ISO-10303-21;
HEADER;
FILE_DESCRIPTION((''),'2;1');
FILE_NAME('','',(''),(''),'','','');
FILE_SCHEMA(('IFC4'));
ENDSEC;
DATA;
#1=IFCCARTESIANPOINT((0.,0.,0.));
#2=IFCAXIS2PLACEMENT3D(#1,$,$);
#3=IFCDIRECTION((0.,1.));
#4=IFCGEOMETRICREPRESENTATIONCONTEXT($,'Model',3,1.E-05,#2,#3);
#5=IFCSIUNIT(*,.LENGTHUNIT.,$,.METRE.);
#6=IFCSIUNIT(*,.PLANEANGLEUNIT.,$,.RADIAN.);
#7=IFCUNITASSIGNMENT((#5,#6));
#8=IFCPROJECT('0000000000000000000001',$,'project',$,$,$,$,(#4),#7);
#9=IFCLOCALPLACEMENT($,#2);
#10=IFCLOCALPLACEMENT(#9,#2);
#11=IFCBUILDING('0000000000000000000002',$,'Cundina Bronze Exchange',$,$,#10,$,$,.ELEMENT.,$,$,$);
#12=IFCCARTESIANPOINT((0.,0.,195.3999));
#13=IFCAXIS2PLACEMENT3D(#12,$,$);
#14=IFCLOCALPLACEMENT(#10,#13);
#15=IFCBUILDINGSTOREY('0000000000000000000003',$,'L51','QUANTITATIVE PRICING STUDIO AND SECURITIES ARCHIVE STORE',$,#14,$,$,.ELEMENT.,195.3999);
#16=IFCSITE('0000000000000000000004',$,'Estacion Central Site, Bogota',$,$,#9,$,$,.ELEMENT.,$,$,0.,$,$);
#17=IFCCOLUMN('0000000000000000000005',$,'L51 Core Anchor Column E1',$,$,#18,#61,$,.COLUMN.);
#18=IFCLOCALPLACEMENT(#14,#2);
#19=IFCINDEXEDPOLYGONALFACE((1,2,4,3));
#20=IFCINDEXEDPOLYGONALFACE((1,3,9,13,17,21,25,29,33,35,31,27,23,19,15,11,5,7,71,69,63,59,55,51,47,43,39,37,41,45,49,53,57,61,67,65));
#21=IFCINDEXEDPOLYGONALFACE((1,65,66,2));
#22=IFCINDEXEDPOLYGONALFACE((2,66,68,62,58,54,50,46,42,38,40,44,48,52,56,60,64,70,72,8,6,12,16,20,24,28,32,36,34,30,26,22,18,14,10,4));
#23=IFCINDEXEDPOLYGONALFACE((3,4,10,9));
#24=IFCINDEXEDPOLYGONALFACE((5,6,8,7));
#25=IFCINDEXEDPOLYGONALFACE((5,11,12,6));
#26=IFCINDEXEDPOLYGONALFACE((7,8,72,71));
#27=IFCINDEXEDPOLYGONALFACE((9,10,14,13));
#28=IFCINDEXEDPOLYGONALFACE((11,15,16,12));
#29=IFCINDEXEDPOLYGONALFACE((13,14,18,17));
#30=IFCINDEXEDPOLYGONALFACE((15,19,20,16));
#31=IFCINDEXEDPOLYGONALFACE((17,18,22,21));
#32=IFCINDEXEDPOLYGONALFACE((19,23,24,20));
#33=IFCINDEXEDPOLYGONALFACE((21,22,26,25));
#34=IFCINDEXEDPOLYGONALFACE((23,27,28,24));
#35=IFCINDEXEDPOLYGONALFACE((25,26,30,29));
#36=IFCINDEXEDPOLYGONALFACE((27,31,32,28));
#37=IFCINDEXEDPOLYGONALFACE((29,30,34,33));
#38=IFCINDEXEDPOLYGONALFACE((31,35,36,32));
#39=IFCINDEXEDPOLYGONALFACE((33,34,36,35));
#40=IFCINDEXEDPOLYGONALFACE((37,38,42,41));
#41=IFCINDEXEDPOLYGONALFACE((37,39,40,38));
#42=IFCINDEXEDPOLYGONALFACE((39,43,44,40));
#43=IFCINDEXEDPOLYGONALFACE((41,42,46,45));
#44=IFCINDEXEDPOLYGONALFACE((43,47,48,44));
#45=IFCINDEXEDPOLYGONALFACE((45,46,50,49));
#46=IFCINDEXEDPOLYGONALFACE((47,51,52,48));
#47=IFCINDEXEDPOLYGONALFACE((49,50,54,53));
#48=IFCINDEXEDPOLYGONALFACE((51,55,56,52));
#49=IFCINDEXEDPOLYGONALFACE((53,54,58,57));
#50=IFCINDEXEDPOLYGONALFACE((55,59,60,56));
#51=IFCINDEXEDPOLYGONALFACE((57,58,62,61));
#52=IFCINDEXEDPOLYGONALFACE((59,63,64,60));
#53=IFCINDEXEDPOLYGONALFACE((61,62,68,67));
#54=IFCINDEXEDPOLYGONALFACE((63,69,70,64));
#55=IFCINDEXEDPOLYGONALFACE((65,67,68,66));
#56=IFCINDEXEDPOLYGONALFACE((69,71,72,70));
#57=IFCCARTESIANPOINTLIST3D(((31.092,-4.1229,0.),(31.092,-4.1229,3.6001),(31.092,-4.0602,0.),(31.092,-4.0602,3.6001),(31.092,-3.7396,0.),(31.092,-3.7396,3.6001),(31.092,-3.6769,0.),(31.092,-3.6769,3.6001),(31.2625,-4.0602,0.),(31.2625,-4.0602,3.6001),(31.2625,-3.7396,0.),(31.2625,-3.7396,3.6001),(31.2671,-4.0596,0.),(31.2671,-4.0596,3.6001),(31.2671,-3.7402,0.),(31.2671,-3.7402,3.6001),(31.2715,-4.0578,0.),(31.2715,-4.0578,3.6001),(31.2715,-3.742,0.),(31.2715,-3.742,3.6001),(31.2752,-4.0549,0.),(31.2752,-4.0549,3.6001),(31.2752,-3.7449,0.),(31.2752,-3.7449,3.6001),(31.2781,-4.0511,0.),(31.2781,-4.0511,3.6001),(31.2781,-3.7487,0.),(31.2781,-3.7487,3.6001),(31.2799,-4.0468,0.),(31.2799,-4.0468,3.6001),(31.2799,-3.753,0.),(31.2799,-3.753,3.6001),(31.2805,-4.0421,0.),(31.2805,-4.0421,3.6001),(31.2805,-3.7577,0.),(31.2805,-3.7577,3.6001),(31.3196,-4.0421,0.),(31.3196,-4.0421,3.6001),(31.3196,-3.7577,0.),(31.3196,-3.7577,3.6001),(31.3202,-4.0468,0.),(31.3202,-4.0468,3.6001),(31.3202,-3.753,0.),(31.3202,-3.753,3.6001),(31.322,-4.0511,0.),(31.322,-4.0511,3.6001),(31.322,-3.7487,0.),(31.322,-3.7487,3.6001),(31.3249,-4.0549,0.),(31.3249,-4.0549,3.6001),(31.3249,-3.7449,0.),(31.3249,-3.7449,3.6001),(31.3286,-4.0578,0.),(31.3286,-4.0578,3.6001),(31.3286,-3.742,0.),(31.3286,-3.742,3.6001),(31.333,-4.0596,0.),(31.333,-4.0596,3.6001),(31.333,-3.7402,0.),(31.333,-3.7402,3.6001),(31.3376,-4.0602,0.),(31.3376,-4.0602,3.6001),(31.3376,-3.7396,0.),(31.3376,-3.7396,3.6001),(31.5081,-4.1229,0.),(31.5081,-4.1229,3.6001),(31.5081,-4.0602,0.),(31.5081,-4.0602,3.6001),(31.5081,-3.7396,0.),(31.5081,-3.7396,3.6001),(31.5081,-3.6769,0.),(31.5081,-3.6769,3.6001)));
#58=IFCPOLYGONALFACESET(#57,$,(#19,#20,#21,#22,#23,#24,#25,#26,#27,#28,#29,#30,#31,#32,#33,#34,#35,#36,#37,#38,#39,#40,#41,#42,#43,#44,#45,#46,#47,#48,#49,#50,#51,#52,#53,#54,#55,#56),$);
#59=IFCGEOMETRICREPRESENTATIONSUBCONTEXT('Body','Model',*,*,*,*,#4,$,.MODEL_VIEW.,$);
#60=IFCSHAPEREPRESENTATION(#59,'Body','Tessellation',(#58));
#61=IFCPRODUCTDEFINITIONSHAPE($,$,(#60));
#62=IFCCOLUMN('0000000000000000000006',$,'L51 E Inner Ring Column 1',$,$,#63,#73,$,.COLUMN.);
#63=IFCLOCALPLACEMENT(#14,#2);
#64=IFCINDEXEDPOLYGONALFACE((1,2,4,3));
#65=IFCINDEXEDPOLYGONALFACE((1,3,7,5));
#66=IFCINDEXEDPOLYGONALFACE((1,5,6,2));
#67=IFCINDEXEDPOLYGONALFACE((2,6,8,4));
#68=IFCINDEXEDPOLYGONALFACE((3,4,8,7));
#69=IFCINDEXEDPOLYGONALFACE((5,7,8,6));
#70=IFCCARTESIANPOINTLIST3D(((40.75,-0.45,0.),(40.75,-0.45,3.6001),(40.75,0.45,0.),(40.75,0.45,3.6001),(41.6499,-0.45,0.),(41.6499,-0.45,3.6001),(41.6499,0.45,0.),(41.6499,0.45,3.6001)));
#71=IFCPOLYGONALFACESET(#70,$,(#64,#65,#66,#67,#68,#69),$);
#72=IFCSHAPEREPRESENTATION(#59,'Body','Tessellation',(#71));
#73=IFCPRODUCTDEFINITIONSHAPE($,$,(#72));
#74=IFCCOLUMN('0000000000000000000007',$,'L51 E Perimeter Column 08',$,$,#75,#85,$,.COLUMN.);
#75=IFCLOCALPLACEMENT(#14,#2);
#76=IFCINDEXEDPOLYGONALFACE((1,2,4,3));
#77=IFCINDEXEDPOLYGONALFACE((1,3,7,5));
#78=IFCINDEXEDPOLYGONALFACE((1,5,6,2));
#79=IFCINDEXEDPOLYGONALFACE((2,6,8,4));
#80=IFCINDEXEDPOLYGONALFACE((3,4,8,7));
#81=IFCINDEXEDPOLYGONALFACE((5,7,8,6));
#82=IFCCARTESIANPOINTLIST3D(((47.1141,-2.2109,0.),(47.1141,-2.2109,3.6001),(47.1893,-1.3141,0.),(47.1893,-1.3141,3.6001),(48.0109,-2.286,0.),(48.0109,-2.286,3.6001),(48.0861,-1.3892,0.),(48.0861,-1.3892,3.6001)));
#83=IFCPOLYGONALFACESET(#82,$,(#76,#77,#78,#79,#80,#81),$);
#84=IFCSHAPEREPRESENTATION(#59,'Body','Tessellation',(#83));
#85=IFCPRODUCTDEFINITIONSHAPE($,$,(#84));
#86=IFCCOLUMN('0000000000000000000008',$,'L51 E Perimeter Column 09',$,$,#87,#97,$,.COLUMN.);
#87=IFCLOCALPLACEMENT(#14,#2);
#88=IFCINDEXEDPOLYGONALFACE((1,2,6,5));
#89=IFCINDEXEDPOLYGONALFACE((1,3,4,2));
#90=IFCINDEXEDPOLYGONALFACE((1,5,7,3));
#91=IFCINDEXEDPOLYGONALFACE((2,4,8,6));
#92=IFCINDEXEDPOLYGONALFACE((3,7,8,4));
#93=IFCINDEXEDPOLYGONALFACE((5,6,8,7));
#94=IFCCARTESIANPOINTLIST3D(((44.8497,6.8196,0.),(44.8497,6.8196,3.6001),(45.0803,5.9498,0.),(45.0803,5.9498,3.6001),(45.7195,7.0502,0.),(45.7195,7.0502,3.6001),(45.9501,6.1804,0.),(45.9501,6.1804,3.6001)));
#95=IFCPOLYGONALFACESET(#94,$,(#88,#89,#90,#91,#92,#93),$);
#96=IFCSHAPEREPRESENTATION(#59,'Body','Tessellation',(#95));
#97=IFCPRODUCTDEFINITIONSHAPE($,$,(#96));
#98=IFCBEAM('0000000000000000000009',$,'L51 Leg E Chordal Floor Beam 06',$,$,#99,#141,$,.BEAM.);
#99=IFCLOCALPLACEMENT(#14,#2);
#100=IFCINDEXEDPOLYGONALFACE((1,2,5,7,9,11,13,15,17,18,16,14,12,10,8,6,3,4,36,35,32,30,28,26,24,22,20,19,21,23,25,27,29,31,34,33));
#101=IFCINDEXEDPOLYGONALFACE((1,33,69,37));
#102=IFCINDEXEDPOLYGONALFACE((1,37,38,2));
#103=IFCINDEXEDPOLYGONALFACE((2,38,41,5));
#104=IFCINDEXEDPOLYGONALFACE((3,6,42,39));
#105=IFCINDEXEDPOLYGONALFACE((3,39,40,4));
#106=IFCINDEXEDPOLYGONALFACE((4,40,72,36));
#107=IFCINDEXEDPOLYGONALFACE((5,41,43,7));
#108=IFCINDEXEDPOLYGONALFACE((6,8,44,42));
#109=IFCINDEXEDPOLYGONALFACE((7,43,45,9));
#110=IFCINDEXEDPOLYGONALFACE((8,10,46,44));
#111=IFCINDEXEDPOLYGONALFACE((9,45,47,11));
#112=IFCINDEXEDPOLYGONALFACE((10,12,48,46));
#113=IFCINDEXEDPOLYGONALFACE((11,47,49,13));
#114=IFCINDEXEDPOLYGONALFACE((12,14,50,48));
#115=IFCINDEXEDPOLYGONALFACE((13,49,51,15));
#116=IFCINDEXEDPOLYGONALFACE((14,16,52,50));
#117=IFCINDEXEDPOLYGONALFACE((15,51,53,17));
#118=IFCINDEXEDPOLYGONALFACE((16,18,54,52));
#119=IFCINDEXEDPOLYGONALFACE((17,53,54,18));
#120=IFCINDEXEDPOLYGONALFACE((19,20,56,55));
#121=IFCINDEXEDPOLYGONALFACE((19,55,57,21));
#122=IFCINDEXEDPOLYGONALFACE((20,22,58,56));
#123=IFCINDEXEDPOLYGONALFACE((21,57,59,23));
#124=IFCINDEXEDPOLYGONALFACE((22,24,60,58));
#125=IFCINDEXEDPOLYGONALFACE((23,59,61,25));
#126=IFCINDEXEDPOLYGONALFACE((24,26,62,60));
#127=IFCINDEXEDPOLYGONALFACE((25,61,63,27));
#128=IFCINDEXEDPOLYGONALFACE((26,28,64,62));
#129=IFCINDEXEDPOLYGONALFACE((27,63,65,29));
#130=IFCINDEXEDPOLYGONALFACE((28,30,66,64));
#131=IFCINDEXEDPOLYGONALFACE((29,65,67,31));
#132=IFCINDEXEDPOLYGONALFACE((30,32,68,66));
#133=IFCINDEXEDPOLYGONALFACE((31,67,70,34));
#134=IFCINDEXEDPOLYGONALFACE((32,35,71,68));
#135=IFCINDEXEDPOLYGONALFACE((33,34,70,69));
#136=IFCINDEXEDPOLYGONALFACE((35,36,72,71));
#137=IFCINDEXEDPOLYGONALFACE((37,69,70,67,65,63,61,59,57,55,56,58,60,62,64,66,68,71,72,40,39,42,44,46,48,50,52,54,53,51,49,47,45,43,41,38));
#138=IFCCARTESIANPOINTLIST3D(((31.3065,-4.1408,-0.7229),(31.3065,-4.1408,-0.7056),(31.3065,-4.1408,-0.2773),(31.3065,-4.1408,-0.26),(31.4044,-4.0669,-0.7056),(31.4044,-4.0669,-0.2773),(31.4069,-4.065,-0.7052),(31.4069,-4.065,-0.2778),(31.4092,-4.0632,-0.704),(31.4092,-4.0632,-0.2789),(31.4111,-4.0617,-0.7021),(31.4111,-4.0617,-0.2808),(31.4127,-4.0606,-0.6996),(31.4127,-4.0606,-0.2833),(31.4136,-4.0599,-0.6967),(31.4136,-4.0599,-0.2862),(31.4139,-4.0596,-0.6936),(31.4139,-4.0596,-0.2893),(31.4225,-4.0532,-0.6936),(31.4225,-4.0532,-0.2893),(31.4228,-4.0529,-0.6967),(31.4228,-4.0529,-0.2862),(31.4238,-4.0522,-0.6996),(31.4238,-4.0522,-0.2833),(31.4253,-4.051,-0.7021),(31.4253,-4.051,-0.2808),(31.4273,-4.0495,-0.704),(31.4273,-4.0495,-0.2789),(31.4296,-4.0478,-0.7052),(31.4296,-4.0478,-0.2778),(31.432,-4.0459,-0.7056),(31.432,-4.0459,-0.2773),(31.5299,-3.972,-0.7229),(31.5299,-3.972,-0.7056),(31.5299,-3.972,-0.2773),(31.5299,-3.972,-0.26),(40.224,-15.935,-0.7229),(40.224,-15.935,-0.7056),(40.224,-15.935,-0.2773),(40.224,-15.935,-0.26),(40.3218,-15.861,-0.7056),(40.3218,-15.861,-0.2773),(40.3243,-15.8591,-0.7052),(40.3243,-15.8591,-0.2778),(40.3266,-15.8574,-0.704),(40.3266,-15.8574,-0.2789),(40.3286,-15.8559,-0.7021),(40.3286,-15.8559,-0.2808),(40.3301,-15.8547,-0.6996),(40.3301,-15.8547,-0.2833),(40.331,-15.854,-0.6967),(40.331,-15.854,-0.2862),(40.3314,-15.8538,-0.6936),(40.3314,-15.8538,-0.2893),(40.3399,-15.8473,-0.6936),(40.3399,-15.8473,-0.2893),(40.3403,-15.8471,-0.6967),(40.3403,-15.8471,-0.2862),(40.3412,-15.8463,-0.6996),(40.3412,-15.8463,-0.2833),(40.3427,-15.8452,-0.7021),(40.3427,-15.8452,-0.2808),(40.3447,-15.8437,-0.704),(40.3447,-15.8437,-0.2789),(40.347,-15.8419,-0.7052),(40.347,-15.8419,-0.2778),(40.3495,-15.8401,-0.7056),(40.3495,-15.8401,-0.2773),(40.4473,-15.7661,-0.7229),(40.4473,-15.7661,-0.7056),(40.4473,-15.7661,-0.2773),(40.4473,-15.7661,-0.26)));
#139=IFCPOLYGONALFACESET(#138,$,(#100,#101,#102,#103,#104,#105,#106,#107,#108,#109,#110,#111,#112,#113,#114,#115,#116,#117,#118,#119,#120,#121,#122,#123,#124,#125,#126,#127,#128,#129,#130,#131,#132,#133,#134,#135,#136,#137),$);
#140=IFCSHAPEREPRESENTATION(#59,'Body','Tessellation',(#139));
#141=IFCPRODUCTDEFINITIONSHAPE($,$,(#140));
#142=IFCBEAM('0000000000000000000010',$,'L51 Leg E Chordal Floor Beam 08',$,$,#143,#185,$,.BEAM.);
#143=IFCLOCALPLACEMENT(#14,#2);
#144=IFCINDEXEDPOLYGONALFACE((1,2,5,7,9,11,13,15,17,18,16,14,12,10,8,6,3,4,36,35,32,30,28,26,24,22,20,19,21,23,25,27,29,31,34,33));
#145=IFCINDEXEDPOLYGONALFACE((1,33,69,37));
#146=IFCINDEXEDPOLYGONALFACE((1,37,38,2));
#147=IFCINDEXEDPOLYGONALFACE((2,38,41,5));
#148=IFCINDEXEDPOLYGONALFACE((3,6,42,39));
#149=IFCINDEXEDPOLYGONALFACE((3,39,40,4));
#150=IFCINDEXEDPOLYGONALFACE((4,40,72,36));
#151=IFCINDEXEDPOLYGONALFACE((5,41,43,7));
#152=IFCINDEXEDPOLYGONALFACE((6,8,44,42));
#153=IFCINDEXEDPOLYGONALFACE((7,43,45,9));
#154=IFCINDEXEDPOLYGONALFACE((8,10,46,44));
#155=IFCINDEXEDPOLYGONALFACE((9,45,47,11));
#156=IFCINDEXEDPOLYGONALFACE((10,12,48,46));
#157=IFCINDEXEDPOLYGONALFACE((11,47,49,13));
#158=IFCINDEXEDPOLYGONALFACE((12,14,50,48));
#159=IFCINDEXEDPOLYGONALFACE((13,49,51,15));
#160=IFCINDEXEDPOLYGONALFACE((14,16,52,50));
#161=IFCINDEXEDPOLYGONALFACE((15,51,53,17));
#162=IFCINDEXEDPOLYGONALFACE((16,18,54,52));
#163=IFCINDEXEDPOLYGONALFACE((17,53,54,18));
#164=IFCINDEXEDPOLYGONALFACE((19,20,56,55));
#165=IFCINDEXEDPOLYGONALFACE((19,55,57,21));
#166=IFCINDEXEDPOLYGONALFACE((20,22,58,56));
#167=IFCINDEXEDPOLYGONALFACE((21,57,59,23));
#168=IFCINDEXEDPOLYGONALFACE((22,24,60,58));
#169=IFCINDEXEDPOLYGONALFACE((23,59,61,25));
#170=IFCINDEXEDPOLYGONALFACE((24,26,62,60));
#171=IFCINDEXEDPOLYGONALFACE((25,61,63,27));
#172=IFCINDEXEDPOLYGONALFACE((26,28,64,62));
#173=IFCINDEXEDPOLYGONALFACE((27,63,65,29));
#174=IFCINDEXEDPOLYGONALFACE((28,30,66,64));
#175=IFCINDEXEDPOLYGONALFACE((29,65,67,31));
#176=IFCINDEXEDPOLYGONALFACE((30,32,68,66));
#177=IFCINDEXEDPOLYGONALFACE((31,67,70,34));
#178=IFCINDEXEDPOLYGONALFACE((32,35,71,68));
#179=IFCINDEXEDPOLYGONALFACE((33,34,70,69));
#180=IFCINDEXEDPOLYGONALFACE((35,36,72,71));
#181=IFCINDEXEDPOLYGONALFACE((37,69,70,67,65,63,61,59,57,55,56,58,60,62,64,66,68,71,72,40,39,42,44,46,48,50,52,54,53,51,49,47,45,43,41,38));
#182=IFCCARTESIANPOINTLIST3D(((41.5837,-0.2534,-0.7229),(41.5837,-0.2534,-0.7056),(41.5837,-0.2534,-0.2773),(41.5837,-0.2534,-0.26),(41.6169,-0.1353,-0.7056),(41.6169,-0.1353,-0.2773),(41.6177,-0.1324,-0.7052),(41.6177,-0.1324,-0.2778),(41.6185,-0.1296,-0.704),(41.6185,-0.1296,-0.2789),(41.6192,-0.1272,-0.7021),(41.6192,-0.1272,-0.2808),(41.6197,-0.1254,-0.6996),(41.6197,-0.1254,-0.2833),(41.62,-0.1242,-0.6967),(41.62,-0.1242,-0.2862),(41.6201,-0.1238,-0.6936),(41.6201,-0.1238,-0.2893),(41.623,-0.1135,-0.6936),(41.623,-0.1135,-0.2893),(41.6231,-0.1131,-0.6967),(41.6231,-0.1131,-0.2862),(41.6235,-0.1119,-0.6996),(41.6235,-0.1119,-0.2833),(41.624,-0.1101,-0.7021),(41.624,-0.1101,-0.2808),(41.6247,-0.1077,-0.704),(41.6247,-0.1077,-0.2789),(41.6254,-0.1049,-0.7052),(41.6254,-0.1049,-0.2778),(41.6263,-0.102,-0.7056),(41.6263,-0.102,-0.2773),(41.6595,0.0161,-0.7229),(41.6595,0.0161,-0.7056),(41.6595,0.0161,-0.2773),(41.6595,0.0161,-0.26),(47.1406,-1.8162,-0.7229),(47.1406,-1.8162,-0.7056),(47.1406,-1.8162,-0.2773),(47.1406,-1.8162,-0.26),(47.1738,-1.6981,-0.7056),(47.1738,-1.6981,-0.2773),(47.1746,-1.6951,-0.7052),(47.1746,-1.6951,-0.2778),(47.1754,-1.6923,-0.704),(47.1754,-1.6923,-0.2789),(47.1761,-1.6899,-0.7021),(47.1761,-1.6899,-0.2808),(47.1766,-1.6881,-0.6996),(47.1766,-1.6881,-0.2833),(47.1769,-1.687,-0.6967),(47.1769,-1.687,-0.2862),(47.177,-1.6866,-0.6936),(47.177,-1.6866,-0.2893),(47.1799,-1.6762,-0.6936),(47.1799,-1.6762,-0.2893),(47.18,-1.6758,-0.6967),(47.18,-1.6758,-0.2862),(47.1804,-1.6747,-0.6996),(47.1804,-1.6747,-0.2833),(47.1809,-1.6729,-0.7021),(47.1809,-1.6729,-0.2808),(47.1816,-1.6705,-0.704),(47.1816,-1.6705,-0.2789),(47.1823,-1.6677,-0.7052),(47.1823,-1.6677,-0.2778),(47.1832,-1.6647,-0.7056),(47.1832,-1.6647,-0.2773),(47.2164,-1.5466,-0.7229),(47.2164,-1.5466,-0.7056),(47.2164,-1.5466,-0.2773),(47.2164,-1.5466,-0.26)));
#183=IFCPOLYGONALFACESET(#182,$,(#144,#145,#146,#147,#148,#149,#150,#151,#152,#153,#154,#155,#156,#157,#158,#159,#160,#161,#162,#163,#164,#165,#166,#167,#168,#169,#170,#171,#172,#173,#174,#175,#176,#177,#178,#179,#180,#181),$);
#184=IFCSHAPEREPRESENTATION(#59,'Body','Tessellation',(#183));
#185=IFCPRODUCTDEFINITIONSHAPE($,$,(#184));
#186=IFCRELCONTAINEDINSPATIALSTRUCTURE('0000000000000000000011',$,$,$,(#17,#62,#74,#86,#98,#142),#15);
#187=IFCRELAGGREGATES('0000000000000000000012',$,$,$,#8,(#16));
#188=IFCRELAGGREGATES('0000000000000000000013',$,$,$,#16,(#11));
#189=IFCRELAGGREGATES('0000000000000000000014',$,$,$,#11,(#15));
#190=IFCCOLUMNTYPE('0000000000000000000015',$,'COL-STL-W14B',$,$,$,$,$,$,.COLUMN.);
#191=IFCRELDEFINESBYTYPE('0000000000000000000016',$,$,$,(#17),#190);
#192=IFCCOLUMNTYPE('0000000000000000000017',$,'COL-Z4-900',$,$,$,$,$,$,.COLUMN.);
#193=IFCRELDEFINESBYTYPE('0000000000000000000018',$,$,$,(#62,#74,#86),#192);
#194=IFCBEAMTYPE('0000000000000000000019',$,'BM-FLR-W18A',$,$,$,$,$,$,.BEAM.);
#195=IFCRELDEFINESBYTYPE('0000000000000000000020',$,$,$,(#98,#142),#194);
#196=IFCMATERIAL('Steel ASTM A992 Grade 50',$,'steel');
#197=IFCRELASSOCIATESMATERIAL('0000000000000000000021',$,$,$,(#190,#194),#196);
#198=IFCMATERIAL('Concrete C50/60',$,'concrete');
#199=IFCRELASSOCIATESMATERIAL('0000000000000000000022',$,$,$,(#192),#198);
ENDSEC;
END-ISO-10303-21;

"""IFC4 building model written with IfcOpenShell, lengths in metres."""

from ifc_helpers import new_model, si_unit, direction, frame, origin, origin_2d, place, context, subcontext, project, spatial, rectangle, i_section, extrude, material, material_profile, profile_set, type_object, element, save


model = new_model("IFC4")

# Units and contexts
model_context = context("Model", 3, precision=1e-05, world=origin(), true_north=direction((0.0, 1.0)))
body_context = subcontext(model_context, "Body", "Model", "MODEL_VIEW")
ifc_project = project(units=[si_unit("LENGTHUNIT", "METRE"), si_unit("PLANEANGLEUNIT", "RADIAN")], contexts=[model_context])

# Site, building, storey
site_placement = place(None, origin())
site = spatial("IfcSite", under=ifc_project, at=site_placement, Name="Estacion Central Site, Bogota", CompositionType="ELEMENT", RefElevation=0.0)
building_placement = place(site_placement, origin())
building = spatial("IfcBuilding", under=site, at=building_placement, Name="Cundina Bronze Exchange", CompositionType="ELEMENT")
storey_placement = place(building_placement, frame((0.0, 0.0, 195.3999)))
storey = spatial("IfcBuildingStorey", under=building, at=storey_placement, Name="L51", Description="QUANTITATIVE PRICING STUDIO AND SECURITIES ARCHIVE STORE", CompositionType="ELEMENT", Elevation=195.3999)

# Columns
ifc_material_1 = material(Name="Steel ASTM A992 Grade 50", Category="steel")
ifc_material_profile_1 = material_profile(ifc_material_1, i_section(OverallWidth=0.416, OverallDepth=0.446, WebThickness=0.0391, FlangeThickness=0.0627, FilletRadius=0.0181, at=origin_2d()), Name="W14X342", Category="steel")
ifc_profile_set_1 = profile_set([ifc_material_profile_1], Name="Steel ASTM A992 Grade 50")
column_type_1 = type_object("IfcColumnType", Name="COL-STL-W14B", PredefinedType="COLUMN", material=ifc_profile_set_1)
column_placement = place(storey_placement, frame((31.3, -3.8999, 0.0), z_axis=(0.0, 0.0, 1.0), x_axis=(1.0, 0.0, 0.0)))
element("IfcColumn", 1, at=column_placement, inside=storey, type_object=column_type_1, Name="L51 Core Anchor Column E1", PredefinedType="COLUMN", context=body_context, shape_type="SweptSolid", body=[
    extrude(i_section(OverallWidth=0.416, OverallDepth=0.446, WebThickness=0.0391, FlangeThickness=0.0627, FilletRadius=0.0181, at=origin_2d()), origin(), (0.0, 0.0, 1.0), 3.6001),
])
ifc_material_2 = material(Name="Concrete C50/60", Category="concrete")
ifc_material_profile_2 = material_profile(ifc_material_2, rectangle(XDim=0.8999, YDim=0.8999, at=origin_2d()), Name="RC900X900", Category="concrete")
ifc_profile_set_2 = profile_set([ifc_material_profile_2], Name="Concrete C50/60")
column_type_2 = type_object("IfcColumnType", Name="COL-Z4-900", PredefinedType="COLUMN", material=ifc_profile_set_2)
for number, where, z_axis, x_axis, name in (
    (2, (41.2, 0.0, 0.0), (0.0, 0.0, 1.0), (1.0, 0.0, 0.0), "L51 E Inner Ring Column 1"),
    (3, (47.6001, -1.8, 0.0), (0.0, 0.0, 1.0), (0.083504, 0.996507, 0.0), "L51 E Perimeter Column 08"),
    (4, (45.3999, 6.5, 0.0), (0.0, 0.0, 1.0), (-0.256289, 0.9666, 0.0), "L51 E Perimeter Column 09"),
):
    element("IfcColumn", number, at=place(storey_placement, frame(where, z_axis=z_axis, x_axis=x_axis)), inside=storey, type_object=column_type_2, Name=name, PredefinedType="COLUMN", context=body_context, shape_type="SweptSolid", body=[
        extrude(rectangle(XDim=0.8999, YDim=0.8999, at=origin_2d()), origin(), (0.0, 0.0, 1.0), 3.6001),
    ])

# Beams
ifc_material_profile_3 = material_profile(ifc_material_1, i_section(OverallWidth=0.28, OverallDepth=0.4629, WebThickness=0.0107, FlangeThickness=0.0173, FilletRadius=0.012, at=origin_2d()), Name="W18X76", Category="steel")
ifc_profile_set_3 = profile_set([ifc_material_profile_3], Name="Steel ASTM A992 Grade 50")
beam_type_1 = type_object("IfcBeamType", Name="BM-FLR-W18A", PredefinedType="BEAM", material=ifc_profile_set_3)
beam_1_placement = place(storey_placement, frame((31.4182, -4.0564, -0.4915), z_axis=(0.603105, -0.797662, 0.0), x_axis=(0.797662, 0.603105, 0.0)))
element("IfcBeam", 5, at=beam_1_placement, inside=storey, type_object=beam_type_1, Name="L51 Leg E Chordal Floor Beam 06", PredefinedType="BEAM", context=body_context, shape_type="SweptSolid", body=[
    extrude(i_section(OverallWidth=0.28, OverallDepth=0.4629, WebThickness=0.0107, FlangeThickness=0.0173, FilletRadius=0.012, at=origin_2d()), origin(), (0.0, 0.0, 1.0), 14.7859),
])
beam_2_placement = place(storey_placement, frame((41.6216, -0.1187, -0.4915), z_axis=(0.962657, -0.270725, 0.0), x_axis=(0.270725, 0.962657, 0.0)))
element("IfcBeam", 6, at=beam_2_placement, inside=storey, type_object=beam_type_1, Name="L51 Leg E Chordal Floor Beam 08", PredefinedType="BEAM", context=body_context, shape_type="SweptSolid", body=[
    extrude(i_section(OverallWidth=0.28, OverallDepth=0.4629, WebThickness=0.0107, FlangeThickness=0.0173, FilletRadius=0.012, at=origin_2d()), origin(), (0.0, 0.0, 1.0), 5.7725),
])

save(model, "model.ifc")
